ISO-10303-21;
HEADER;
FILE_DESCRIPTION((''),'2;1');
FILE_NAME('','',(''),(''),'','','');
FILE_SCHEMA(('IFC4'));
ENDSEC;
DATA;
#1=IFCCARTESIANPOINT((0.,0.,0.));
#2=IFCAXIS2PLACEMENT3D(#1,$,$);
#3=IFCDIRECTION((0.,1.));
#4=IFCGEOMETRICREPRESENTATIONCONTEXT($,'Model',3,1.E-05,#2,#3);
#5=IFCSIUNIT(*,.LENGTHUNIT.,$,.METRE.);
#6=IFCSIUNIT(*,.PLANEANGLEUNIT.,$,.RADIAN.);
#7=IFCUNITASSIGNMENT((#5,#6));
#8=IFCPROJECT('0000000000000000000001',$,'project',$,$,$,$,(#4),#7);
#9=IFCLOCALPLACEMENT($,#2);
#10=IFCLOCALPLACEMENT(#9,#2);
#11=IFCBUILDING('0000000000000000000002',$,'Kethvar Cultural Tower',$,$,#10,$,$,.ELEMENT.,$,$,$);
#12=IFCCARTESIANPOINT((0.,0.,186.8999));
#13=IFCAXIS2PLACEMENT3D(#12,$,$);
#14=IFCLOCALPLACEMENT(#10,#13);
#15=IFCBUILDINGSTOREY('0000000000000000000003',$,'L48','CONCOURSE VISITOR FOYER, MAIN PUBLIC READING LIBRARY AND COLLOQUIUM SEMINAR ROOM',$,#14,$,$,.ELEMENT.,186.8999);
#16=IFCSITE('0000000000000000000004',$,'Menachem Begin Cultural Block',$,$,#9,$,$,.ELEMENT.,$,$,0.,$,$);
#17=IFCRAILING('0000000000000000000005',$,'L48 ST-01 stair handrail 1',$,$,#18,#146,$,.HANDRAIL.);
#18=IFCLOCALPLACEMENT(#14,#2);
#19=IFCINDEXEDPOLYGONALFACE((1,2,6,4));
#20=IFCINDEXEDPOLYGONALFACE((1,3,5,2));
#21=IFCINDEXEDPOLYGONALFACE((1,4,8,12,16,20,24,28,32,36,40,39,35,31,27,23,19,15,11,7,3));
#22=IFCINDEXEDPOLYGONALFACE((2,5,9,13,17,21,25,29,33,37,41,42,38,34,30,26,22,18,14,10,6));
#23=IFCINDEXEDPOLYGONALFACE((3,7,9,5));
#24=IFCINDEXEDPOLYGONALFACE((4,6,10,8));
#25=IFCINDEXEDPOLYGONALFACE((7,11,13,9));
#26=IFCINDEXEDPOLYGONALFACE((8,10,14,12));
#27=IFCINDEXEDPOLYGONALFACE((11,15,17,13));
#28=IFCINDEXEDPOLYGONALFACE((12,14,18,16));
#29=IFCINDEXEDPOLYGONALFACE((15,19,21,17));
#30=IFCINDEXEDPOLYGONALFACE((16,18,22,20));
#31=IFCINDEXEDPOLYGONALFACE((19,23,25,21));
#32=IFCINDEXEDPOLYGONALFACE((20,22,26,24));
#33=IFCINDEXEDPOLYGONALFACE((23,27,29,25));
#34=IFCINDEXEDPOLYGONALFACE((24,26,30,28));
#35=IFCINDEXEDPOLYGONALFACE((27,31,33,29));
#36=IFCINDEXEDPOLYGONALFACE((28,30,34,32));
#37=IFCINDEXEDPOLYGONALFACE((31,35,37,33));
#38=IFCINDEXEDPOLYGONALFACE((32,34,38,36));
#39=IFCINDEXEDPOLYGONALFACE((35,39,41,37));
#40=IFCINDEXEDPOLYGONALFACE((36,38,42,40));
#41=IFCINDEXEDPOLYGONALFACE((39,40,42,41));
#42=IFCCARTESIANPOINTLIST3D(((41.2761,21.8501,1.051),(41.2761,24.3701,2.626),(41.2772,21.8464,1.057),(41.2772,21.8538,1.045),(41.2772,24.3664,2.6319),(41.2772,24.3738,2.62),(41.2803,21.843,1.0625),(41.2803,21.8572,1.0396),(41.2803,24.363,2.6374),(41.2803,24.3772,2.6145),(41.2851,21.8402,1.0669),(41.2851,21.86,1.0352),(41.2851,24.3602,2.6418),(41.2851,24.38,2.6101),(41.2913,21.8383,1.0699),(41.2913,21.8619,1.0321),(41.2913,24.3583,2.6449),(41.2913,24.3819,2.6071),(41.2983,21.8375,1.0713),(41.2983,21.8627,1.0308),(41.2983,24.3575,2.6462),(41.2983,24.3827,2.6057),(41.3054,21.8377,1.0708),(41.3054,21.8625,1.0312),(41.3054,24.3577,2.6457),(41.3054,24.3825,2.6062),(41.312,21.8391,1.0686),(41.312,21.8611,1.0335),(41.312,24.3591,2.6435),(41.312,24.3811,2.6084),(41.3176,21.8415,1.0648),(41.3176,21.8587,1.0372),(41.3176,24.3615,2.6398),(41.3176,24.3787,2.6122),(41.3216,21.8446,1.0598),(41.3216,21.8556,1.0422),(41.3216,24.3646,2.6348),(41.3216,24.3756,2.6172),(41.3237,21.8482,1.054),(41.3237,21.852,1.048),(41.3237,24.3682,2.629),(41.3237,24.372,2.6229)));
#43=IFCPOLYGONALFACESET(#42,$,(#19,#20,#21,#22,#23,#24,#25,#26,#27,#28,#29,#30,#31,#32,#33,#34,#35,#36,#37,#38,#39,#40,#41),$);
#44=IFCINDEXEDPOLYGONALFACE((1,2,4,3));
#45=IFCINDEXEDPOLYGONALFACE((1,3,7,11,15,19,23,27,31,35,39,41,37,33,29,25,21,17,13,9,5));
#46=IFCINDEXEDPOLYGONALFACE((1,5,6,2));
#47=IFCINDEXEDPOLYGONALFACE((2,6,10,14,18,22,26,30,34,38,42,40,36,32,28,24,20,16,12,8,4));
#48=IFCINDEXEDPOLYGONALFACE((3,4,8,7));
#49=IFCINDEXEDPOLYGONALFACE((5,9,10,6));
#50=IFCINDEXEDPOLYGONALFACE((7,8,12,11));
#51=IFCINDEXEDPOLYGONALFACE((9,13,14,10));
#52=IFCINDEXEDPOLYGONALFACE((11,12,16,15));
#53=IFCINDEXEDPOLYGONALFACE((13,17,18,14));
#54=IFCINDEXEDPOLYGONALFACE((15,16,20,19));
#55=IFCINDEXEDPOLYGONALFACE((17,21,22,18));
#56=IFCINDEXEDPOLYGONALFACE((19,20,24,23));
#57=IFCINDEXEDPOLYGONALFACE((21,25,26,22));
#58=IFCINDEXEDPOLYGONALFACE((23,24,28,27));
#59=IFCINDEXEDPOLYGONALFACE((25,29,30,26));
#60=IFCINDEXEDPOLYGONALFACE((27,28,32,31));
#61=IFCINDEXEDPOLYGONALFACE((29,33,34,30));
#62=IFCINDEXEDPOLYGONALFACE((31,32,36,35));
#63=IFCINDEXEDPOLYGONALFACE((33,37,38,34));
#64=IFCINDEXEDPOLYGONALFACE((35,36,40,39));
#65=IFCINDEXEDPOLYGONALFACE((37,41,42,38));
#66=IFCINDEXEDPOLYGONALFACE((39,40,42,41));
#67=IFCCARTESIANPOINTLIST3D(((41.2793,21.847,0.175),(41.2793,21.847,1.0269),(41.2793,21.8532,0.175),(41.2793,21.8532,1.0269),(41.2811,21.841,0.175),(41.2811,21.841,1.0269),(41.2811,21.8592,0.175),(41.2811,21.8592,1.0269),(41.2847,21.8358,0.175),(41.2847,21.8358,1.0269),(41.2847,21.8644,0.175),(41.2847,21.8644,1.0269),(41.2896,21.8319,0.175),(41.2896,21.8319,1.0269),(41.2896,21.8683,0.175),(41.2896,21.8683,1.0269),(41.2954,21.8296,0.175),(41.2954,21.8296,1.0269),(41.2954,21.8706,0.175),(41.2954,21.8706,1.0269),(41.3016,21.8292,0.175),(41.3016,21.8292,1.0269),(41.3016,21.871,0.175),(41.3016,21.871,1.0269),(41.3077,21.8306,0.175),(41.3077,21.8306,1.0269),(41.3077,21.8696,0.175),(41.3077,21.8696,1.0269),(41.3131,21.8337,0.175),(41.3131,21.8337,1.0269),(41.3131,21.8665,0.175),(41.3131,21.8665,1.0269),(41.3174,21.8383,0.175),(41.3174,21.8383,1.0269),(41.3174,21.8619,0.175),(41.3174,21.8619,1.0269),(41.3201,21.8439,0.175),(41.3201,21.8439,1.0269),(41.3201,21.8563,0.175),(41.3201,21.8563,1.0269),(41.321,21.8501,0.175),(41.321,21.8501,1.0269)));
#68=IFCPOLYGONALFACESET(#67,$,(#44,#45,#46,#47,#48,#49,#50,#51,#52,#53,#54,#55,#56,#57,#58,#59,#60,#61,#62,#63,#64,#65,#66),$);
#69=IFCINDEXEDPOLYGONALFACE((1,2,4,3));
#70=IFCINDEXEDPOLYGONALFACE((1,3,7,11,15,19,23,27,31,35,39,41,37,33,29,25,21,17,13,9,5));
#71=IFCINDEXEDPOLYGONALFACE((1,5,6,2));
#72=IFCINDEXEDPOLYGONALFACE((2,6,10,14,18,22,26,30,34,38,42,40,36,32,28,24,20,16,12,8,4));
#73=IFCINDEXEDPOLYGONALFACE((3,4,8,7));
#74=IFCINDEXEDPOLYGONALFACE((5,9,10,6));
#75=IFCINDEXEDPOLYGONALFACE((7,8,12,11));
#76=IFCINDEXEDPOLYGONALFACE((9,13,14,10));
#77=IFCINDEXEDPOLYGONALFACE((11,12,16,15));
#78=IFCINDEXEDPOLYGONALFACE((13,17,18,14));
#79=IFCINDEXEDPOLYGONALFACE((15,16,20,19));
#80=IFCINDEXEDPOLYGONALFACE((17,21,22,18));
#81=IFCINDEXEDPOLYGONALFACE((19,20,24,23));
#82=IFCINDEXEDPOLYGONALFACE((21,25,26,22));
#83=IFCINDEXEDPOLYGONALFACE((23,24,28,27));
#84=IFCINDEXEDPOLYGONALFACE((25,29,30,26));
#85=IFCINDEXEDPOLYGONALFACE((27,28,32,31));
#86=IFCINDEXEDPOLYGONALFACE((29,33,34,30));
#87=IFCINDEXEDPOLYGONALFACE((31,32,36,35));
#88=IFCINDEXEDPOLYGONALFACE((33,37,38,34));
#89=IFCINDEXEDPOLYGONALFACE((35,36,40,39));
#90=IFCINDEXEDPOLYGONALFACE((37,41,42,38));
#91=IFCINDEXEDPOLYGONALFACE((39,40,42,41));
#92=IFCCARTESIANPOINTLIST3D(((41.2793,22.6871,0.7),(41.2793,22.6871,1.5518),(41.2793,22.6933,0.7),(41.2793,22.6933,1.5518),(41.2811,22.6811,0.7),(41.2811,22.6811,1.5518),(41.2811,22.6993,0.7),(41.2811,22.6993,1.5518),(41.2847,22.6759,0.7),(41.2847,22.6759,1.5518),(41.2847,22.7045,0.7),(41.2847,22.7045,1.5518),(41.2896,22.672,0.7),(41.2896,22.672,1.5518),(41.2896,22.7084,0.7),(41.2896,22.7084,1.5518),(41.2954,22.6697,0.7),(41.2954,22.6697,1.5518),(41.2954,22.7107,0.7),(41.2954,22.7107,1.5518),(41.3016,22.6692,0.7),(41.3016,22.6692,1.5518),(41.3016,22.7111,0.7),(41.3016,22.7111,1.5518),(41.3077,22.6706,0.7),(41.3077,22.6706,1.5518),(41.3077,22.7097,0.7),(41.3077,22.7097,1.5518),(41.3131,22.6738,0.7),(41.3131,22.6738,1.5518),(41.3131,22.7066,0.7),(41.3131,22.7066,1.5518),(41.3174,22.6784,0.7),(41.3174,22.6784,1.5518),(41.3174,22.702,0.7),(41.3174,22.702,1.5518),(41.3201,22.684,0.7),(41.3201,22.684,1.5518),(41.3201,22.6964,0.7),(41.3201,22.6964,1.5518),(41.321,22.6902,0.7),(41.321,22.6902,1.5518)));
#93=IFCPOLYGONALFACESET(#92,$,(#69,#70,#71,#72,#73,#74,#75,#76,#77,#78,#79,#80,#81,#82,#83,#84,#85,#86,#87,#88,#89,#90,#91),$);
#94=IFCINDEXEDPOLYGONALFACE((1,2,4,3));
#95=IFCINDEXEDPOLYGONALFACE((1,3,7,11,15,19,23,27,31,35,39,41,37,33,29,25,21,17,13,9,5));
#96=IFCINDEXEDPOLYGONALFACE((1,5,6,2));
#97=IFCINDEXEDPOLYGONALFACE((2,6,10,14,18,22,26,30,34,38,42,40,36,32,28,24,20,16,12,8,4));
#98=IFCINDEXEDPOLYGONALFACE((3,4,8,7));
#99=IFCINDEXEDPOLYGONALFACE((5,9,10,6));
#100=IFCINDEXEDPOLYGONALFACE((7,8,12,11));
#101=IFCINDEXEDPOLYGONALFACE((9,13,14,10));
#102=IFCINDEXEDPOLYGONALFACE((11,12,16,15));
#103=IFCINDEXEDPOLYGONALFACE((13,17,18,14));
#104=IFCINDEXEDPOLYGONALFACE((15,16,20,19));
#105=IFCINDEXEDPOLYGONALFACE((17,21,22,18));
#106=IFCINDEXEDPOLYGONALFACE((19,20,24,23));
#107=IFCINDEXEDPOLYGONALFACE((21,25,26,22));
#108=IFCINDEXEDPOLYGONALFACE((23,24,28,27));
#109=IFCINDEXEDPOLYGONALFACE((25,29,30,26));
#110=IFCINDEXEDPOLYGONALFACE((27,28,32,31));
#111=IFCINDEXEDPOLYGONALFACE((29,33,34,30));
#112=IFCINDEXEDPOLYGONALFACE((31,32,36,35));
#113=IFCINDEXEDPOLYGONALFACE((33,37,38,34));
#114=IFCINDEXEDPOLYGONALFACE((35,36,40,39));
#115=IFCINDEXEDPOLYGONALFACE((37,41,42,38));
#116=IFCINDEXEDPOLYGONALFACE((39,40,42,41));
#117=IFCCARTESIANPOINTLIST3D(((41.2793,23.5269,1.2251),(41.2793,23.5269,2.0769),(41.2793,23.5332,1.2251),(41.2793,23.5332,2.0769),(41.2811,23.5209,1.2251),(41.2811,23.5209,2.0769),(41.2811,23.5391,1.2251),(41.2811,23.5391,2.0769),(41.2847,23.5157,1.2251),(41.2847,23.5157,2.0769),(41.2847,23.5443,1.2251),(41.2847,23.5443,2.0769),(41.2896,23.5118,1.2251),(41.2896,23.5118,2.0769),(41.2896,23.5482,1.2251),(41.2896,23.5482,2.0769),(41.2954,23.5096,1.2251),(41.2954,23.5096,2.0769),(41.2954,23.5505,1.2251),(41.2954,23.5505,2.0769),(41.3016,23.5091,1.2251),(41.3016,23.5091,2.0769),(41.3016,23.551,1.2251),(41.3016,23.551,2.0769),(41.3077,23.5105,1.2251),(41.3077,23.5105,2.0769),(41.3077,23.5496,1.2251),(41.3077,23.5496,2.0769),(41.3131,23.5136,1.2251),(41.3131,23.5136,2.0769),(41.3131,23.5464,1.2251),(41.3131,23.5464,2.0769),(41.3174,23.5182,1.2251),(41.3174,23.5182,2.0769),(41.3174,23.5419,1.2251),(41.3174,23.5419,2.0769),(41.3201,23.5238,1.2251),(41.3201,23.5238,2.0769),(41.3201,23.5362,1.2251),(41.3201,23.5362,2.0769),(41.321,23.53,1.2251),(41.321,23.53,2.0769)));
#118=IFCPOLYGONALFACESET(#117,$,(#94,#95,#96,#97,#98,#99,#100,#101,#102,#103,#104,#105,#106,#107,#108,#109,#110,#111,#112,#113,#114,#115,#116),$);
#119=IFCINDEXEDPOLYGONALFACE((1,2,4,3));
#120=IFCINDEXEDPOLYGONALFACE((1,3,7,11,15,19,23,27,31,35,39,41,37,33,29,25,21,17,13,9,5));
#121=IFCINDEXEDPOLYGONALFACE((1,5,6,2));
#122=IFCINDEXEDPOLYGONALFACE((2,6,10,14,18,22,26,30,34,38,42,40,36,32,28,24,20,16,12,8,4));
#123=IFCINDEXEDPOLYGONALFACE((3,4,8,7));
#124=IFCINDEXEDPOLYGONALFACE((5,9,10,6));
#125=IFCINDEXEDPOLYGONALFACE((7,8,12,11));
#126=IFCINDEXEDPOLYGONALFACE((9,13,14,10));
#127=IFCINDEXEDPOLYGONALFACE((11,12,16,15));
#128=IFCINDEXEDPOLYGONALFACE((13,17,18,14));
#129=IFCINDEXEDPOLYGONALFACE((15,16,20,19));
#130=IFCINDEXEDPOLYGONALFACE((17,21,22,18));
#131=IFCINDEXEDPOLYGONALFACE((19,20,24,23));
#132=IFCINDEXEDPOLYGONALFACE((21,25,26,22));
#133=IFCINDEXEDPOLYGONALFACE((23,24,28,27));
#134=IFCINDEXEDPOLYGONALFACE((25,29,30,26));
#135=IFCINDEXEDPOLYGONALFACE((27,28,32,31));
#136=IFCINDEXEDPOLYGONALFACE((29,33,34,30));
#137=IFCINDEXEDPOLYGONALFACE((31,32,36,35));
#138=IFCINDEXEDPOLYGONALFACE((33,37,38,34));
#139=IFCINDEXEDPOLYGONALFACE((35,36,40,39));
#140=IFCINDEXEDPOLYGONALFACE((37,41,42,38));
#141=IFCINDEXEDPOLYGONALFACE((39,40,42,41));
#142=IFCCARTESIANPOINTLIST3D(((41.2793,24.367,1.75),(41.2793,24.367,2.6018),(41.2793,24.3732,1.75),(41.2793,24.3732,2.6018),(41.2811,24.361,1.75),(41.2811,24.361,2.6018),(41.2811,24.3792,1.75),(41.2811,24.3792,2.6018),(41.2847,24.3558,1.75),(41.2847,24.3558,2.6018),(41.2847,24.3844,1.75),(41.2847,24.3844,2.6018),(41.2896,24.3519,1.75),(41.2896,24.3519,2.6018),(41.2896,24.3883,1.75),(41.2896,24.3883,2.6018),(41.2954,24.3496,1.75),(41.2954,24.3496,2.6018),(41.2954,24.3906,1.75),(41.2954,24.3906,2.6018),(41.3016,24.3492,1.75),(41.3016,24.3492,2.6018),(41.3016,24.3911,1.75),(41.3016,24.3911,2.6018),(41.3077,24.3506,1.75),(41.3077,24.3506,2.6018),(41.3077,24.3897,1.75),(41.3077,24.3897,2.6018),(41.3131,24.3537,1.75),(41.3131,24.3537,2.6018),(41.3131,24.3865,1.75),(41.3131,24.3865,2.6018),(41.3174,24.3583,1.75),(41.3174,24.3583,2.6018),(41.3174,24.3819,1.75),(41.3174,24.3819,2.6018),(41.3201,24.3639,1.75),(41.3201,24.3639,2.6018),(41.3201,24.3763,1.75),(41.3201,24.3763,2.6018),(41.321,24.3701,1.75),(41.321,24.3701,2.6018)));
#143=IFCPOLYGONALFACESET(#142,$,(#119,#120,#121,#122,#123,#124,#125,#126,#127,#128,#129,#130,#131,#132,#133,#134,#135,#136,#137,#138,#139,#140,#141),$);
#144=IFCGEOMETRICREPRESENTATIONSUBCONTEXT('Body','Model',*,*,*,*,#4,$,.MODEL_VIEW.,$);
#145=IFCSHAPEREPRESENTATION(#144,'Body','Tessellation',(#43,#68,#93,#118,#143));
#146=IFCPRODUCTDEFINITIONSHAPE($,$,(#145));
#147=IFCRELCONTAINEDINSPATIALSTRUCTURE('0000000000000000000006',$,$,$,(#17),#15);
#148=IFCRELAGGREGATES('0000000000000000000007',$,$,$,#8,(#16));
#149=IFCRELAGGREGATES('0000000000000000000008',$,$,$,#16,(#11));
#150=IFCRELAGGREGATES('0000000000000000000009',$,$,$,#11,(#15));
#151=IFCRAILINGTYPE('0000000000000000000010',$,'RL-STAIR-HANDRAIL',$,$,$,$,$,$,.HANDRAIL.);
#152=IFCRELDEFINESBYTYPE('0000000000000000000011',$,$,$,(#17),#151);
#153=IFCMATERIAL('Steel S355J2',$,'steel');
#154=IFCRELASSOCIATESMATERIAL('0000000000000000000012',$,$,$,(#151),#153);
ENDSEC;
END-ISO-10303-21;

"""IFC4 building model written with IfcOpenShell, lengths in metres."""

from ifc_helpers import new_model, si_unit, direction, frame, origin, origin_2d, place, context, subcontext, project, spatial, circle, extrude, material, type_object, element, save


model = new_model("IFC4")

# Units and contexts
model_context = context("Model", 3, precision=1e-05, world=origin(), true_north=direction((0.0, 1.0)))
body_context = subcontext(model_context, "Body", "Model", "MODEL_VIEW")
ifc_project = project(units=[si_unit("LENGTHUNIT", "METRE"), si_unit("PLANEANGLEUNIT", "RADIAN")], contexts=[model_context])

# Site, building, storey
site_placement = place(None, origin())
site = spatial("IfcSite", under=ifc_project, at=site_placement, Name="Menachem Begin Cultural Block", CompositionType="ELEMENT", RefElevation=0.0)
building_placement = place(site_placement, origin())
building = spatial("IfcBuilding", under=site, at=building_placement, Name="Kethvar Cultural Tower", CompositionType="ELEMENT")
storey_placement = place(building_placement, frame((0.0, 0.0, 186.8999)))
storey = spatial("IfcBuildingStorey", under=building, at=storey_placement, Name="L48", Description="CONCOURSE VISITOR FOYER, MAIN PUBLIC READING LIBRARY AND COLLOQUIUM SEMINAR ROOM", CompositionType="ELEMENT", Elevation=186.8999)

# Shared definitions
ifc_material_1 = material(Name="Steel S355J2", Category="steel")

# Railing
railing_type_1 = type_object("IfcRailingType", Name="RL-STAIR-HANDRAIL", PredefinedType="HANDRAIL", material=ifc_material_1)
railing_1_placement = place(storey_placement, frame((41.3, 21.8501, 0.175)))
element("IfcRailing", 1, at=railing_1_placement, inside=storey, type_object=railing_type_1, Name="L48 ST-01 stair handrail 1", PredefinedType="HANDRAIL", context=body_context, shape_type="SweptSolid", body=[
    extrude(circle(Radius=0.0239, at=origin_2d()), frame((0.0, 0.0, 0.876), z_axis=(0.0, 0.848008, 0.529984), x_axis=(-1.0, 0.0, 0.0)), (0.0, 0.0, 1.0), 2.9717),
    extrude(circle(Radius=0.021, at=origin_2d()), origin(), (0.0, 0.0, 1.0), 0.8518),
    extrude(circle(Radius=0.021, at=origin_2d()), frame((0.0, 0.8401, 0.5249)), (0.0, 0.0, 1.0), 0.8518),
    extrude(circle(Radius=0.021, at=origin_2d()), frame((0.0, 1.6799, 1.05)), (0.0, 0.0, 1.0), 0.8518),
    extrude(circle(Radius=0.021, at=origin_2d()), frame((0.0, 2.52, 1.575)), (0.0, 0.0, 1.0), 0.8518),
])

save(model, "model.ifc")
